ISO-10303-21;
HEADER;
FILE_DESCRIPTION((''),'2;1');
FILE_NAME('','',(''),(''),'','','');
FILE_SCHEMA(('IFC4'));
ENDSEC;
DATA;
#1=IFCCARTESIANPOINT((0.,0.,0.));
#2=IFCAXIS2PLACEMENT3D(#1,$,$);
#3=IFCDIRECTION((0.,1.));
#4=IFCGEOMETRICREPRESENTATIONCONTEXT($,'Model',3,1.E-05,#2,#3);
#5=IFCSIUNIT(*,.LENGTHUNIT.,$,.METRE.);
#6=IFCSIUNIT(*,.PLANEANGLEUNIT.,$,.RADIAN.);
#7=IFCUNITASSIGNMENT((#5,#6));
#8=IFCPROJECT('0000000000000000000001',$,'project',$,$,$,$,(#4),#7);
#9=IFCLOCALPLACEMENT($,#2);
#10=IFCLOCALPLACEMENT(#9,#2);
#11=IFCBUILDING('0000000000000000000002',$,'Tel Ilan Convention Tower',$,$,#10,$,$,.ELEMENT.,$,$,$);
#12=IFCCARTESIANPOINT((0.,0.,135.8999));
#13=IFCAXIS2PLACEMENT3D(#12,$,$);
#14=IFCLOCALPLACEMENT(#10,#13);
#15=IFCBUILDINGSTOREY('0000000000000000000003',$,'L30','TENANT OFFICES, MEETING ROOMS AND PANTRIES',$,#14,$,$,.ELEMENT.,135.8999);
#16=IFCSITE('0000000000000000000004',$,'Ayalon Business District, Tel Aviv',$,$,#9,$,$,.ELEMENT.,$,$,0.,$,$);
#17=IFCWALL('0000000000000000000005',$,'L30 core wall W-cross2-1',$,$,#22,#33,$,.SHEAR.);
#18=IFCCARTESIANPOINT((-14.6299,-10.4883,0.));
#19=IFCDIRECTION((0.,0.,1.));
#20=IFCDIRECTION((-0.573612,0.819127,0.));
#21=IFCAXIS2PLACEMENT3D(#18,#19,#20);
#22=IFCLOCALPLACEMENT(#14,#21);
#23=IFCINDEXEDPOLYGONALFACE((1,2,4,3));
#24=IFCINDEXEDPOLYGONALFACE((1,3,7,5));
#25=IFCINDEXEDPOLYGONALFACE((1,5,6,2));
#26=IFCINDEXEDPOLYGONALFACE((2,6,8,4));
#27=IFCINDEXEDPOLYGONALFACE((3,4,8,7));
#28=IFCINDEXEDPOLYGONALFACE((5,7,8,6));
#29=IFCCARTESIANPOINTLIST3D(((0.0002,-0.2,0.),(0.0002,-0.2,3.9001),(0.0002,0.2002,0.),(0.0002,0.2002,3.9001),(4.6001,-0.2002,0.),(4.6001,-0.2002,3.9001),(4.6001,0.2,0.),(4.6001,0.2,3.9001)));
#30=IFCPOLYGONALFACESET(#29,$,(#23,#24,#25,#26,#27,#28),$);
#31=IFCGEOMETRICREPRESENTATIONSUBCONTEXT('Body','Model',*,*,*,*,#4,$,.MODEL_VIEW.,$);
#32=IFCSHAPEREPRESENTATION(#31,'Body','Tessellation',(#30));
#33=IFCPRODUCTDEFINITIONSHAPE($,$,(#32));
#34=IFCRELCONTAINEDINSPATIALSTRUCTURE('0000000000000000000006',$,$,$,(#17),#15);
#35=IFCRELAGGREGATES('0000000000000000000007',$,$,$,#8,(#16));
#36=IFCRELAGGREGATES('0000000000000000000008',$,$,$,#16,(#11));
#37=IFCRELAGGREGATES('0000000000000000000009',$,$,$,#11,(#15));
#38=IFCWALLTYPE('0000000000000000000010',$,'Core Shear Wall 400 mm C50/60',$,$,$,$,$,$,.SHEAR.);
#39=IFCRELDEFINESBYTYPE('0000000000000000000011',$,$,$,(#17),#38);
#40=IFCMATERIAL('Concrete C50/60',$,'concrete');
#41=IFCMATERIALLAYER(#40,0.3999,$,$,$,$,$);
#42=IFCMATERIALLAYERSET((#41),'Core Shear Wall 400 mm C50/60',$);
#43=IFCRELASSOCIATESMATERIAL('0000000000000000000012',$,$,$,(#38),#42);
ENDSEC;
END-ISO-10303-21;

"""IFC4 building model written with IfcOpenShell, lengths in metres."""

from ifc_helpers import new_model, si_unit, direction, frame, origin, place, context, subcontext, project, spatial, polyline, outline, extrude, material, layer, layer_set, type_object, element, save


model = new_model("IFC4")

# Units and contexts
model_context = context("Model", 3, precision=1e-05, world=origin(), true_north=direction((0.0, 1.0)))
body_context = subcontext(model_context, "Body", "Model", "MODEL_VIEW")
ifc_project = project(units=[si_unit("LENGTHUNIT", "METRE"), si_unit("PLANEANGLEUNIT", "RADIAN")], contexts=[model_context])

# Site, building, storey
site_placement = place(None, origin())
site = spatial("IfcSite", under=ifc_project, at=site_placement, Name="Ayalon Business District, Tel Aviv", CompositionType="ELEMENT", RefElevation=0.0)
building_placement = place(site_placement, origin())
building = spatial("IfcBuilding", under=site, at=building_placement, Name="Tel Ilan Convention Tower", CompositionType="ELEMENT")
storey_placement = place(building_placement, frame((0.0, 0.0, 135.8999)))
storey = spatial("IfcBuildingStorey", under=building, at=storey_placement, Name="L30", Description="TENANT OFFICES, MEETING ROOMS AND PANTRIES", CompositionType="ELEMENT", Elevation=135.8999)

# Wall
ifc_material_1 = material(Name="Concrete C50/60", Category="concrete")
ifc_layer_1 = layer(ifc_material_1, 0.3999)
ifc_layer_set_1 = layer_set([ifc_layer_1], Name="Core Shear Wall 400 mm C50/60")
wall_type_1 = type_object("IfcWallType", Name="Core Shear Wall 400 mm C50/60", PredefinedType="SHEAR", material=ifc_layer_set_1)
wall_1_placement = place(storey_placement, frame((-14.6299, -10.4883, 0.0), z_axis=(0.0, 0.0, 1.0), x_axis=(-0.573612, 0.819127, 0.0)))
element("IfcWall", 1, at=wall_1_placement, inside=storey, type_object=wall_type_1, Name="L30 core wall W-cross2-1", PredefinedType="SHEAR", context=body_context, shape_type="SweptSolid", body=[
    extrude(outline(polyline([(4.6001, 0.2), (0.0002, 0.2002), (0.0002, -0.2), (4.6001, -0.2002), (4.6001, 0.2)])), origin(), (0.0, 0.0, 1.0), 3.9001),
])

save(model, "model.ifc")
